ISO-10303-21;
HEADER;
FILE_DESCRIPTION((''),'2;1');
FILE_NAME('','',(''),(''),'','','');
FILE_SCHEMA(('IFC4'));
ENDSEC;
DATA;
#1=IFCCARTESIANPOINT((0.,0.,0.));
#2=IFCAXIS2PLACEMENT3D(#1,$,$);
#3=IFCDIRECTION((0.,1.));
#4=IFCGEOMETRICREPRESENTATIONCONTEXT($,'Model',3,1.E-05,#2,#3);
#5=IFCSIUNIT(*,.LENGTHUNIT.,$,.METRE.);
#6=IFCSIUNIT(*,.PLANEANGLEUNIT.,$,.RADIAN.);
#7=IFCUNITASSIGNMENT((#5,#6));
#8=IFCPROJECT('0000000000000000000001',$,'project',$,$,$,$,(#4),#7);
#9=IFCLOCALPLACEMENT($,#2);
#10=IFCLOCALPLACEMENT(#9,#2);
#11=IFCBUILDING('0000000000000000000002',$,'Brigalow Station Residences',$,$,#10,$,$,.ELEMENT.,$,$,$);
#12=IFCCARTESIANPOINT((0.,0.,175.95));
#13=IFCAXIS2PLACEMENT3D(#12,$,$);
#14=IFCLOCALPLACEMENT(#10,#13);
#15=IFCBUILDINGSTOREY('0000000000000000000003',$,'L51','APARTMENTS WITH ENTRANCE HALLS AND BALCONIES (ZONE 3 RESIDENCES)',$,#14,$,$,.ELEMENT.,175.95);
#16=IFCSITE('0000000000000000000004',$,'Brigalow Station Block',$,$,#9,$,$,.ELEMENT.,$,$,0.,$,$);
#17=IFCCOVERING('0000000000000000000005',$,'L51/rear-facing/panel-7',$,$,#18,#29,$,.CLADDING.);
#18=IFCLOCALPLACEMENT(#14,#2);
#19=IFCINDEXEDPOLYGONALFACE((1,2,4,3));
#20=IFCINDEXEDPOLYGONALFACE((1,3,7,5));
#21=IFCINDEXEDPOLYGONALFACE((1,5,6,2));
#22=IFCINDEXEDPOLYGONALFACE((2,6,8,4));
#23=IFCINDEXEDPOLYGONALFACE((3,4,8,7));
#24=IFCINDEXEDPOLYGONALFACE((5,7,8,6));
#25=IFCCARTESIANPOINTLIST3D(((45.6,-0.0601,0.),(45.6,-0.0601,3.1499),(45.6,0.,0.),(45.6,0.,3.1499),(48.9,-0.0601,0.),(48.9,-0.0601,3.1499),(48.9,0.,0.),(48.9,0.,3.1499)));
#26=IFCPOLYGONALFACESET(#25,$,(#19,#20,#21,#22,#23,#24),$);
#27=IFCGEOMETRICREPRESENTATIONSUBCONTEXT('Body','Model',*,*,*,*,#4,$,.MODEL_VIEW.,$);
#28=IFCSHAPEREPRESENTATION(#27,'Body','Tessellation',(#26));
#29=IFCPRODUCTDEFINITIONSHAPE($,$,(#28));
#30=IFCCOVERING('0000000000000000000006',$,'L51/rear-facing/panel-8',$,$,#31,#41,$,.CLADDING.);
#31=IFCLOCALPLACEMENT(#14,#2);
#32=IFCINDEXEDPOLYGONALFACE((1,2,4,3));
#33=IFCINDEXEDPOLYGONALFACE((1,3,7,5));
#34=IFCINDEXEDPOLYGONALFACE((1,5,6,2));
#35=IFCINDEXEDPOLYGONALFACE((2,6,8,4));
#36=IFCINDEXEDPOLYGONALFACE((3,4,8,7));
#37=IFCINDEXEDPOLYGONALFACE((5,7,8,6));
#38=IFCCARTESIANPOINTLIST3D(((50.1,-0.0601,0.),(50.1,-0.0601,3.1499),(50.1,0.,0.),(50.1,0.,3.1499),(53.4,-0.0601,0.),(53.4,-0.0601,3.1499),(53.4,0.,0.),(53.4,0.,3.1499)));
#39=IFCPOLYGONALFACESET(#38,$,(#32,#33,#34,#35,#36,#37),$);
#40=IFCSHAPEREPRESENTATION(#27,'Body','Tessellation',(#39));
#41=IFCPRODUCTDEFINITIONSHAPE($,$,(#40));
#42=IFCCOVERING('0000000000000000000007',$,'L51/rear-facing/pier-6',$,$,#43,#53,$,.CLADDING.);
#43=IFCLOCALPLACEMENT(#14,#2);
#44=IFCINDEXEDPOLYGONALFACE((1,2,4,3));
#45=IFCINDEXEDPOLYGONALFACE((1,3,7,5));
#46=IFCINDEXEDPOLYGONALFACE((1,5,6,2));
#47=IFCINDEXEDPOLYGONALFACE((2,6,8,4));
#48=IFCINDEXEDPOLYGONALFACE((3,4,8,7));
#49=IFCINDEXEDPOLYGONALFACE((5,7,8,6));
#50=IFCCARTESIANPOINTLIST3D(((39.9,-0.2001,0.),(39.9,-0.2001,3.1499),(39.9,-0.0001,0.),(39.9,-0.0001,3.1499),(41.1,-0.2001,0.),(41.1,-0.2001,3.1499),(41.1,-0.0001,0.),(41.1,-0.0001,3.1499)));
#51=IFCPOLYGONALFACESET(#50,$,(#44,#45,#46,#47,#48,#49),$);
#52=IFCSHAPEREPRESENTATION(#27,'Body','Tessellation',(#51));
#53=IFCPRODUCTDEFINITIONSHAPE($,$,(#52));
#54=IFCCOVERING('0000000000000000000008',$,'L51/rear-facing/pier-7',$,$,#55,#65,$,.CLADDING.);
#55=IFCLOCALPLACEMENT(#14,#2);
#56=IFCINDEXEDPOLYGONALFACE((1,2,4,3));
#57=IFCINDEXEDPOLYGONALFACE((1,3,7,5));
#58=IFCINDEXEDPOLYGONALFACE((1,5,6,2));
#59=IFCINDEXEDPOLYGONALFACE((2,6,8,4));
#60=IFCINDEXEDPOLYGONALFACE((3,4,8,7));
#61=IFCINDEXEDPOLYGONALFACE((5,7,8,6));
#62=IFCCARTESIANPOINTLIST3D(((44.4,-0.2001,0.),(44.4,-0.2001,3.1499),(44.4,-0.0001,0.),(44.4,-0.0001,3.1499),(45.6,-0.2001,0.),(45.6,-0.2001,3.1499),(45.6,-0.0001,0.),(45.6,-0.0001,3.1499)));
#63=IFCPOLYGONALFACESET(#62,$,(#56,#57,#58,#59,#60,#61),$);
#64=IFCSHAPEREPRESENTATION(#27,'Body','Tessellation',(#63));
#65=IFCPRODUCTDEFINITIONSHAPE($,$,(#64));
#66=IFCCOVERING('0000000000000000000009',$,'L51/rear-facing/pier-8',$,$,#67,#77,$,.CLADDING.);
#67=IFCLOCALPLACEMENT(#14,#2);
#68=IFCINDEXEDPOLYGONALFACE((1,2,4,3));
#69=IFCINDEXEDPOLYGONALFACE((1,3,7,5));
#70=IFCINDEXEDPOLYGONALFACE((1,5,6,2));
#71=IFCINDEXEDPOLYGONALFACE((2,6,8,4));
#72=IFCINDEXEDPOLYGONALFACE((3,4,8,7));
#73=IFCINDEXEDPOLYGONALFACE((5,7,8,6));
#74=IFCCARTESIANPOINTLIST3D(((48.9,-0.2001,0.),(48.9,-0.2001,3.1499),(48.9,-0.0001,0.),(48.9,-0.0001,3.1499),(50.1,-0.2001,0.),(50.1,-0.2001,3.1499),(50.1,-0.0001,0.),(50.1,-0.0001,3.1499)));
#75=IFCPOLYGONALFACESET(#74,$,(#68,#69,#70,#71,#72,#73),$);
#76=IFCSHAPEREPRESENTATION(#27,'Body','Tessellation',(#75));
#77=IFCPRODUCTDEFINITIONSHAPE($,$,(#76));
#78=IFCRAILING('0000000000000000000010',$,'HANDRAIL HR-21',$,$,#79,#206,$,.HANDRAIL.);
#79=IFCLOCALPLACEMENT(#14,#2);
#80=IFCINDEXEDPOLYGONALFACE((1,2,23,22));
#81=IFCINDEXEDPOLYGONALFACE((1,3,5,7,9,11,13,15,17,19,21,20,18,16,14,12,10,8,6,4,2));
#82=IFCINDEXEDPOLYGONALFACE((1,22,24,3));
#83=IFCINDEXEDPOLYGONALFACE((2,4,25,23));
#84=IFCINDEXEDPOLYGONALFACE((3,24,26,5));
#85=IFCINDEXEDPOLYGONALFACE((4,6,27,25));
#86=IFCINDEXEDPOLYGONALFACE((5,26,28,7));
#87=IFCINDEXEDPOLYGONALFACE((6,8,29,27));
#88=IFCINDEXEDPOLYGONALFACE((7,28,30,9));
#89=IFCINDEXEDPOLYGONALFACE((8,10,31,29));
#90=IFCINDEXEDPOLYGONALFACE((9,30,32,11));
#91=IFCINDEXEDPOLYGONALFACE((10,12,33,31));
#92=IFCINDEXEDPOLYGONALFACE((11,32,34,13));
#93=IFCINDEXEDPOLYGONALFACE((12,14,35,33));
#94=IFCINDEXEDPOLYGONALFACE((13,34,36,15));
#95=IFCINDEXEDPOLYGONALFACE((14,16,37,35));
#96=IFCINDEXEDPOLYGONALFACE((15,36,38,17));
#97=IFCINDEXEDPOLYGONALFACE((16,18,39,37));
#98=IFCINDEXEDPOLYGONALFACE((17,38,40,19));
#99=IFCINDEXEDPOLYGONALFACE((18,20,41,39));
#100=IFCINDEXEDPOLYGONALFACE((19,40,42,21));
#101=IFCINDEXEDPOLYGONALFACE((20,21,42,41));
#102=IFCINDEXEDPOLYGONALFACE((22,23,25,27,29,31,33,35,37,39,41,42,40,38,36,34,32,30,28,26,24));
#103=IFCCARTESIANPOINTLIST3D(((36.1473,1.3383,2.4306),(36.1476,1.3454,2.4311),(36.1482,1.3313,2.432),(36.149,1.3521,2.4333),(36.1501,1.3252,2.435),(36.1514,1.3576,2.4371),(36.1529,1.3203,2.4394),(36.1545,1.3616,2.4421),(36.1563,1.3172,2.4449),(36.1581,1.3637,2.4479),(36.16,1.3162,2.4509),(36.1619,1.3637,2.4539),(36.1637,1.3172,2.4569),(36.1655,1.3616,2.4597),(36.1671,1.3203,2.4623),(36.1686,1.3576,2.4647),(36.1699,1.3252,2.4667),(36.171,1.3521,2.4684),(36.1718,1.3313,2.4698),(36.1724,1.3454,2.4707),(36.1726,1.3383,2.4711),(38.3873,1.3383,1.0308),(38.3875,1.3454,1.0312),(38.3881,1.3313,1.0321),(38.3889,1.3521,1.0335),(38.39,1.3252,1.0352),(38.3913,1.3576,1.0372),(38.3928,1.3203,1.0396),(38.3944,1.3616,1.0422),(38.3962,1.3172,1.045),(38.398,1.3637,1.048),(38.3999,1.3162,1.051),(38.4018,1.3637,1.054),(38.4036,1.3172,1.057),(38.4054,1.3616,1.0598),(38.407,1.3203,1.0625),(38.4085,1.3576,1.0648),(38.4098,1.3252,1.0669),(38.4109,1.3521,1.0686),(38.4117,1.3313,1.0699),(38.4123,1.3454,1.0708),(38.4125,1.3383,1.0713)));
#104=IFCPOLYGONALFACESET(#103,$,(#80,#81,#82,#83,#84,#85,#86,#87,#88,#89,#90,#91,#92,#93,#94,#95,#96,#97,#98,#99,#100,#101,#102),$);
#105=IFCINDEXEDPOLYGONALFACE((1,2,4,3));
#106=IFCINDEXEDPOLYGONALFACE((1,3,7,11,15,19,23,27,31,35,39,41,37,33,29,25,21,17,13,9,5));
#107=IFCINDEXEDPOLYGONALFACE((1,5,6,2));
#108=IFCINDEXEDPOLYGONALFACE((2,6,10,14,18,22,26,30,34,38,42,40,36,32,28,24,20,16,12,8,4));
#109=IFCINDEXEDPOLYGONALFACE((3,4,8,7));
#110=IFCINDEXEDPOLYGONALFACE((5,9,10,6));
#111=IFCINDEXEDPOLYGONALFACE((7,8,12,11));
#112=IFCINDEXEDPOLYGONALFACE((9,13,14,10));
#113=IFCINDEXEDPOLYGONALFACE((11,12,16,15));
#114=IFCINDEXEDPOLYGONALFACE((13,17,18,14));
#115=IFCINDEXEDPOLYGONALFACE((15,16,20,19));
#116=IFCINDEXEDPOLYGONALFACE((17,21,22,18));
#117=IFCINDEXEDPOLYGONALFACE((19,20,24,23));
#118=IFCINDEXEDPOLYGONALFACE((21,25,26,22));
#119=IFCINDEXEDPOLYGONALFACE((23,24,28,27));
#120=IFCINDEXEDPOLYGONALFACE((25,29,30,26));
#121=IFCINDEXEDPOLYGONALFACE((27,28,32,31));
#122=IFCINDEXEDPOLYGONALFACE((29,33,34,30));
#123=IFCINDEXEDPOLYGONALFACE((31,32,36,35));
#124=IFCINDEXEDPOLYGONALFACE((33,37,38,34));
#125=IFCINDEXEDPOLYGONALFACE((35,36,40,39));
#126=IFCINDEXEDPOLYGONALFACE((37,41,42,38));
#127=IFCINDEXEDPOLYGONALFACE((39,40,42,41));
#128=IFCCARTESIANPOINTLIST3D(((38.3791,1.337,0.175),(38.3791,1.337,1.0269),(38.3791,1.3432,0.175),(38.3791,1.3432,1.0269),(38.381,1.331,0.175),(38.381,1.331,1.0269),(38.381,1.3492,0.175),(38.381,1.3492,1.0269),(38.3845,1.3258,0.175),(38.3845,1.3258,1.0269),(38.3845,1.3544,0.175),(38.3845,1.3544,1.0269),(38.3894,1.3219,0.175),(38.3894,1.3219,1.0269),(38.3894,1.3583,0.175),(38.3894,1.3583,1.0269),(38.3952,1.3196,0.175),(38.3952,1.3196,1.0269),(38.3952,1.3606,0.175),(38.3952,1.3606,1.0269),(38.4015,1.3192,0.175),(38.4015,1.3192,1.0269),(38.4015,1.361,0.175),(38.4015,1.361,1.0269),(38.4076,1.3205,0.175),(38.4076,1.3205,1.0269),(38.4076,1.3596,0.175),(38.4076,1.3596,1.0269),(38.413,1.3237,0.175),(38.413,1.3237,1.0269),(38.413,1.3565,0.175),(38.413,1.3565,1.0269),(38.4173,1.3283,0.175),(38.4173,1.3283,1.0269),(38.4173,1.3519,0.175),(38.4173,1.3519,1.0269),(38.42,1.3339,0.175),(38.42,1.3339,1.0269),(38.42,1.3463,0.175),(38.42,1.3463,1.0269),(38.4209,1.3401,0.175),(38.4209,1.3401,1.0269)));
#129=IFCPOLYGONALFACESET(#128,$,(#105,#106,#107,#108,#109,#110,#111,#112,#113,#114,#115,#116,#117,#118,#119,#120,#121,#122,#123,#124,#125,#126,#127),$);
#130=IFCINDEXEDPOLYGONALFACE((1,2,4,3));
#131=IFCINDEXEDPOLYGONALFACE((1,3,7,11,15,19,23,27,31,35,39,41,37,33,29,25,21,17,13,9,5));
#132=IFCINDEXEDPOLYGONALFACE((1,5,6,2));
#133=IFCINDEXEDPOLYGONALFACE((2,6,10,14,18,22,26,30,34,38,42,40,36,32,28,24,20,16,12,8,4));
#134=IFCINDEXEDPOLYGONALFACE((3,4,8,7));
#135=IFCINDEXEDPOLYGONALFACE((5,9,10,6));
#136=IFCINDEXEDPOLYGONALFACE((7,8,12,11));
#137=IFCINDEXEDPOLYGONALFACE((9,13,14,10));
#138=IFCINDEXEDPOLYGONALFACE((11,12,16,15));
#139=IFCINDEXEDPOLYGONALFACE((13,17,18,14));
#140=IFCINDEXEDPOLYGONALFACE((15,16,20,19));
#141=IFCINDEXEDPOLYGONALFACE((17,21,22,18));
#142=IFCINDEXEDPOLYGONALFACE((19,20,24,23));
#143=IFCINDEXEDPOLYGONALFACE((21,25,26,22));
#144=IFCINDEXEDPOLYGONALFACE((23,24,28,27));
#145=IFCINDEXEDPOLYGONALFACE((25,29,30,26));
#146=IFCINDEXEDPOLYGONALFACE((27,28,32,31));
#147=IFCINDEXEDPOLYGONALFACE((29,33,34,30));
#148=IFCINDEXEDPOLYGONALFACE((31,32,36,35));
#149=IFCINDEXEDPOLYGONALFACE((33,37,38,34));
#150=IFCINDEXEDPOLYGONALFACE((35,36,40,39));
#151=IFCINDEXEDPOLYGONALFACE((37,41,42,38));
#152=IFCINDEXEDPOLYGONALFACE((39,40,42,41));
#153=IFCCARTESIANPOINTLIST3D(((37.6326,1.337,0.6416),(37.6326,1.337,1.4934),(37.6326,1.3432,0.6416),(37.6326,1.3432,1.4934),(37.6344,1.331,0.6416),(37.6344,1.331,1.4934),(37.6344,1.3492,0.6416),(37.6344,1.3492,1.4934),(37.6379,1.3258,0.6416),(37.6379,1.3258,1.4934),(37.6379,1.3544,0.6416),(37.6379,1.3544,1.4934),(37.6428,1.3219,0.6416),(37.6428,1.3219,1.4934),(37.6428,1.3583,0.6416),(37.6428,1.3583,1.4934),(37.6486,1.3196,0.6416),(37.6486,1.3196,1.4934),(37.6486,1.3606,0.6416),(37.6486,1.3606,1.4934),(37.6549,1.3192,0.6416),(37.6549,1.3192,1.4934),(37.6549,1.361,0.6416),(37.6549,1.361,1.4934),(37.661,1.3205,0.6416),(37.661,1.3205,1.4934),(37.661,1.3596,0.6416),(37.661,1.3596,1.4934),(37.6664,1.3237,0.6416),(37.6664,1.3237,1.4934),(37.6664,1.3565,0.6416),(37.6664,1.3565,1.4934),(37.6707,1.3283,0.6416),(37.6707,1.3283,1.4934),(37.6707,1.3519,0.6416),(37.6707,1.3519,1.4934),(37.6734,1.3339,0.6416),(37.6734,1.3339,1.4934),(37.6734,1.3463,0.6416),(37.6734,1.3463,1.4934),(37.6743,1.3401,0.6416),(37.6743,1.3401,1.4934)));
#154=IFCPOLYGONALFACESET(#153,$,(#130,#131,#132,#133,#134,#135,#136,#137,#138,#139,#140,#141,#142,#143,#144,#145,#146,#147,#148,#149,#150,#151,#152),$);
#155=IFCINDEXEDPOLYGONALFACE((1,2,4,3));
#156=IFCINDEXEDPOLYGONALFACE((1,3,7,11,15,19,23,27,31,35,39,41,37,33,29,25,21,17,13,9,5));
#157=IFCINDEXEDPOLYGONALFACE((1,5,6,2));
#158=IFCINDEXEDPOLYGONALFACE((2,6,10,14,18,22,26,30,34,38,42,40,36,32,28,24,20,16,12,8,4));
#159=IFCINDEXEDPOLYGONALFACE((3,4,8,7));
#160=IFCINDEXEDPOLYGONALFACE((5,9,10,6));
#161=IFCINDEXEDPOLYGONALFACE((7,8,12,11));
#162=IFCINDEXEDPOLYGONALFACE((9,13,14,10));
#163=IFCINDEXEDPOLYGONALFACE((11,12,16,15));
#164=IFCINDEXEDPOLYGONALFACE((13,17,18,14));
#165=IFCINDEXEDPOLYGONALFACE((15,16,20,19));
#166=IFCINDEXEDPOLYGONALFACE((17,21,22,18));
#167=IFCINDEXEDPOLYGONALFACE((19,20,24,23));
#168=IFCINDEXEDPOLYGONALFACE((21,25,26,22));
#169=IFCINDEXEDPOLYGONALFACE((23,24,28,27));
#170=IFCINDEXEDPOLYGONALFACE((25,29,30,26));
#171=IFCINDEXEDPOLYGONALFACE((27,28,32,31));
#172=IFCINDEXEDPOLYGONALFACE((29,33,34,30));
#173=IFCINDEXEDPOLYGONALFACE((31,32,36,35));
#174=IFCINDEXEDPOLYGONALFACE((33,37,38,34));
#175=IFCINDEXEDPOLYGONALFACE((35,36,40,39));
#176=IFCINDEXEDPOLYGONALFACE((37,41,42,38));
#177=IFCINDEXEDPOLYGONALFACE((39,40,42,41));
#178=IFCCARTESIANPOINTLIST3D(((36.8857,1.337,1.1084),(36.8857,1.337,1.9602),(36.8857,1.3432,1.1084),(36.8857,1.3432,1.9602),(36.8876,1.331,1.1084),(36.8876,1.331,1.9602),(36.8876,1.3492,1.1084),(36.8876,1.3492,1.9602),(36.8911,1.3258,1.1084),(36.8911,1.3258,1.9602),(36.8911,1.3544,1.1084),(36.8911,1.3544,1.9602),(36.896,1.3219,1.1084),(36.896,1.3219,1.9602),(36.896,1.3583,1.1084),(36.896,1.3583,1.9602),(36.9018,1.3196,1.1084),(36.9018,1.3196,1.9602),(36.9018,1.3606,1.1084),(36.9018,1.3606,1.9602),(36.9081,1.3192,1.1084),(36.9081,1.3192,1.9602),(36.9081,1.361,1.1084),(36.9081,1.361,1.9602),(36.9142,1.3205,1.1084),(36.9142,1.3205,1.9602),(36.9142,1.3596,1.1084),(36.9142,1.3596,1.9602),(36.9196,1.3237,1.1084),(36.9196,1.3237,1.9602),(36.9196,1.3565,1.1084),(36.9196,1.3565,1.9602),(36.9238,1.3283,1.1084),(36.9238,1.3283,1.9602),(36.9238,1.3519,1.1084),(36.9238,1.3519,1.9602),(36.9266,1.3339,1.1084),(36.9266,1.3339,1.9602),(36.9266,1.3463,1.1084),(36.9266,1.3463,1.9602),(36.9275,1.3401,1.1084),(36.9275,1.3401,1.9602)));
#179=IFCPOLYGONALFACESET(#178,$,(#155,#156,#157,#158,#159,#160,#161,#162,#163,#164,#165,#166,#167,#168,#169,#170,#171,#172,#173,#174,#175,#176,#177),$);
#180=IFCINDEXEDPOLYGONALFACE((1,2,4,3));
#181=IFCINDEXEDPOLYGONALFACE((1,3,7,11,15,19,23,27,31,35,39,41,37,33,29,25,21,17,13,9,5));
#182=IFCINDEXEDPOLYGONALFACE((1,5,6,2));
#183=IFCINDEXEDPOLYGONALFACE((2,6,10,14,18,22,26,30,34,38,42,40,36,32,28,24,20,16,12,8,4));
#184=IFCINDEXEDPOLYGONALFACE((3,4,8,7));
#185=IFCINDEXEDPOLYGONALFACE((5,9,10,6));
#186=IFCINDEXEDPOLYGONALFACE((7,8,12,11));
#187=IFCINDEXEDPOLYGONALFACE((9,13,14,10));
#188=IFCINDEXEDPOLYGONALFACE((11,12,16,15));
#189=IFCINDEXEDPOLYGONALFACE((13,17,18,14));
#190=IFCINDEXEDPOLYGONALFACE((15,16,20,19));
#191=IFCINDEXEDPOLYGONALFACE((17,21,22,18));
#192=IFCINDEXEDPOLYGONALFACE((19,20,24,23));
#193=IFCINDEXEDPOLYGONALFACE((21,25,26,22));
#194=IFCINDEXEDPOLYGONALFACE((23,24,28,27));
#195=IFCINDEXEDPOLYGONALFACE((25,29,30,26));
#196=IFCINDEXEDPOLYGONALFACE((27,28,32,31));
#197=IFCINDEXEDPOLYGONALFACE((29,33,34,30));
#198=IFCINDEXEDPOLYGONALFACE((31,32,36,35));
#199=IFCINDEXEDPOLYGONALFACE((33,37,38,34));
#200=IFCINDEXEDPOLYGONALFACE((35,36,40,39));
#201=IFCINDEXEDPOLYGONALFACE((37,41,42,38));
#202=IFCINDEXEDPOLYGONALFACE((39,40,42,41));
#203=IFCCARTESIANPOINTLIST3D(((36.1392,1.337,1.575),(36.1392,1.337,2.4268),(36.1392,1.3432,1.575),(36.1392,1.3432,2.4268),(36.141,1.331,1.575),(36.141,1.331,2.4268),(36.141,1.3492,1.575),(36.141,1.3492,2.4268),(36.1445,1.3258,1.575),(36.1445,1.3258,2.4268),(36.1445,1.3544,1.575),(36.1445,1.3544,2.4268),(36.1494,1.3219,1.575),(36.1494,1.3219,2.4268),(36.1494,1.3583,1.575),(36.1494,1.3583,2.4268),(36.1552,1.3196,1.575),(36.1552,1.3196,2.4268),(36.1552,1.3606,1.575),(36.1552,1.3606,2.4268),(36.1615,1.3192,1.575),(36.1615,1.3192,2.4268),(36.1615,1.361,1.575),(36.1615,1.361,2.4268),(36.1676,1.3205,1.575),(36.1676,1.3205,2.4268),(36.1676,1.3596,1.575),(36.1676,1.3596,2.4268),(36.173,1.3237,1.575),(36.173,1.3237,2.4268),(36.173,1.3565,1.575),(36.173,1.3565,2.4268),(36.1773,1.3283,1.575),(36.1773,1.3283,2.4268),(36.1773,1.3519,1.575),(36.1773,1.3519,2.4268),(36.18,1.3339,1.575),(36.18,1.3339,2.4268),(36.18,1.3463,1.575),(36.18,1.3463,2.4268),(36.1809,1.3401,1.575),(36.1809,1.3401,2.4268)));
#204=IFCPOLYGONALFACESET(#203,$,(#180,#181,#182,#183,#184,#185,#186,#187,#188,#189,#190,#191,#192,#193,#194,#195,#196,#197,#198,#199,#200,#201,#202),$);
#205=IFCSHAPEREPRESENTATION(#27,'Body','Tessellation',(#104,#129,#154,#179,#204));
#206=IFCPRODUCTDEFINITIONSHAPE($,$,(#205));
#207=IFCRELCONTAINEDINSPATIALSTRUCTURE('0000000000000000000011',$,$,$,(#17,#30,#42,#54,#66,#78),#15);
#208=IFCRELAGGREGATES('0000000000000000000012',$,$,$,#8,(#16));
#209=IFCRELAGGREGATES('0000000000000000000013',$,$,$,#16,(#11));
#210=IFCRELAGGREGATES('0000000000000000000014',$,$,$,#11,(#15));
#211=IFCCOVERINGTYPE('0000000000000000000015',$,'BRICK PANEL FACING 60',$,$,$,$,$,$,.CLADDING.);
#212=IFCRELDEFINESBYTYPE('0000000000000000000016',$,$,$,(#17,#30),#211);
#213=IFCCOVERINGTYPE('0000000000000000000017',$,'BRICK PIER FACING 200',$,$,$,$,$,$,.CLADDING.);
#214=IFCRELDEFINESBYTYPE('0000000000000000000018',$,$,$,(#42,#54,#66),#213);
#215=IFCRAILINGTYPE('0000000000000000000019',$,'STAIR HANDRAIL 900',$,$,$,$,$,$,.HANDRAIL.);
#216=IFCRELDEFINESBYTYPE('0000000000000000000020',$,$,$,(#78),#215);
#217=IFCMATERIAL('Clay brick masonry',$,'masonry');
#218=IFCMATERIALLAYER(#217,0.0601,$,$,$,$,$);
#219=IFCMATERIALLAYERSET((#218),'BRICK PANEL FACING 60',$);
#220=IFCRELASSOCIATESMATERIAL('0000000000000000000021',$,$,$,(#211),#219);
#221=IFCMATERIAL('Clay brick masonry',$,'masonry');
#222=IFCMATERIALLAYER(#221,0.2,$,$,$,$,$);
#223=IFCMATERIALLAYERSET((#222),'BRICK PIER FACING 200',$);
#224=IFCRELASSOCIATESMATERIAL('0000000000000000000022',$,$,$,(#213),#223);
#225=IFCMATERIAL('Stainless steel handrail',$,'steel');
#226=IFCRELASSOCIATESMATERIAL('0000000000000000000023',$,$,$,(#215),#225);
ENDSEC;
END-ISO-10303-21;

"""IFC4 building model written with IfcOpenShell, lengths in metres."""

from ifc_helpers import new_model, si_unit, direction, frame, origin, origin_2d, place, context, subcontext, project, spatial, rectangle, circle, extrude, material, layer, layer_set, type_object, element, save


model = new_model("IFC4")

# Units and contexts
model_context = context("Model", 3, precision=1e-05, world=origin(), true_north=direction((0.0, 1.0)))
body_context = subcontext(model_context, "Body", "Model", "MODEL_VIEW")
ifc_project = project(units=[si_unit("LENGTHUNIT", "METRE"), si_unit("PLANEANGLEUNIT", "RADIAN")], contexts=[model_context])

# Site, building, storey
site_placement = place(None, origin())
site = spatial("IfcSite", under=ifc_project, at=site_placement, Name="Brigalow Station Block", CompositionType="ELEMENT", RefElevation=0.0)
building_placement = place(site_placement, origin())
building = spatial("IfcBuilding", under=site, at=building_placement, Name="Brigalow Station Residences", CompositionType="ELEMENT")
storey_placement = place(building_placement, frame((0.0, 0.0, 175.95)))
storey = spatial("IfcBuildingStorey", under=building, at=storey_placement, Name="L51", Description="APARTMENTS WITH ENTRANCE HALLS AND BALCONIES (ZONE 3 RESIDENCES)", CompositionType="ELEMENT", Elevation=175.95)

# Coverings
ifc_material_1 = material(Name="Clay brick masonry", Category="masonry")
ifc_layer_1 = layer(ifc_material_1, 0.0601)
ifc_layer_set_1 = layer_set([ifc_layer_1], Name="BRICK PANEL FACING 60")
covering_type_1 = type_object("IfcCoveringType", Name="BRICK PANEL FACING 60", PredefinedType="CLADDING", material=ifc_layer_set_1)
for number, where, z_axis, x_axis, name in (
    (1, (47.25, -0.03, 0.0), (0.0, 0.0, 1.0), (1.0, 0.0, 0.0), "L51/rear-facing/panel-7"),
    (2, (51.75, -0.03, 0.0), (0.0, 0.0, 1.0), (1.0, 0.0, 0.0), "L51/rear-facing/panel-8"),
):
    element("IfcCovering", number, at=place(storey_placement, frame(where, z_axis=z_axis, x_axis=x_axis)), inside=storey, type_object=covering_type_1, Name=name, PredefinedType="CLADDING", context=body_context, shape_type="SweptSolid", body=[
        extrude(rectangle(XDim=3.3, YDim=0.0601, at=origin_2d()), origin(), (0.0, 0.0, 1.0), 3.1499),
    ])
ifc_material_2 = material(Name="Clay brick masonry", Category="masonry")
ifc_layer_2 = layer(ifc_material_2, 0.2)
ifc_layer_set_2 = layer_set([ifc_layer_2], Name="BRICK PIER FACING 200")
covering_type_2 = type_object("IfcCoveringType", Name="BRICK PIER FACING 200", PredefinedType="CLADDING", material=ifc_layer_set_2)
for number, where, z_axis, x_axis, name in (
    (3, (40.5, -0.1001, 0.0), (0.0, 0.0, 1.0), (1.0, 0.0, 0.0), "L51/rear-facing/pier-6"),
    (4, (45.0, -0.1001, 0.0), (0.0, 0.0, 1.0), (1.0, 0.0, 0.0), "L51/rear-facing/pier-7"),
    (5, (49.5, -0.1001, 0.0), (0.0, 0.0, 1.0), (1.0, 0.0, 0.0), "L51/rear-facing/pier-8"),
):
    element("IfcCovering", number, at=place(storey_placement, frame(where, z_axis=z_axis, x_axis=x_axis)), inside=storey, type_object=covering_type_2, Name=name, PredefinedType="CLADDING", context=body_context, shape_type="SweptSolid", body=[
        extrude(rectangle(XDim=1.2, YDim=0.2, at=origin_2d()), origin(), (0.0, 0.0, 1.0), 3.1499),
    ])

# Railing
ifc_material_3 = material(Name="Stainless steel handrail", Category="steel")
railing_type_1 = type_object("IfcRailingType", Name="STAIR HANDRAIL 900", PredefinedType="HANDRAIL", material=ifc_material_3)
railing_1_placement = place(storey_placement, frame((38.3999, 1.3401, 0.175)))
element("IfcRailing", 6, at=railing_1_placement, inside=storey, type_object=railing_type_1, Name="HANDRAIL HR-21", PredefinedType="HANDRAIL", context=body_context, shape_type="SweptSolid", body=[
    extrude(circle(Radius=0.0239, at=origin_2d()), frame((0.0, 0.0, 0.876), z_axis=(-0.848014, 0.0, 0.529974), x_axis=(0.0, -1.0, 0.0)), (0.0, 0.0, 1.0), 2.6414),
    extrude(circle(Radius=0.021, at=origin_2d()), origin(), (0.0, 0.0, 1.0), 0.8518),
    extrude(circle(Radius=0.021, at=origin_2d()), frame((-0.7466, 0.0, 0.4666)), (0.0, 0.0, 1.0), 0.8518),
    extrude(circle(Radius=0.021, at=origin_2d()), frame((-1.4934, 0.0, 0.9333)), (0.0, 0.0, 1.0), 0.8518),
    extrude(circle(Radius=0.021, at=origin_2d()), frame((-2.24, 0.0, 1.3999)), (0.0, 0.0, 1.0), 0.8518),
])

save(model, "model.ifc")
